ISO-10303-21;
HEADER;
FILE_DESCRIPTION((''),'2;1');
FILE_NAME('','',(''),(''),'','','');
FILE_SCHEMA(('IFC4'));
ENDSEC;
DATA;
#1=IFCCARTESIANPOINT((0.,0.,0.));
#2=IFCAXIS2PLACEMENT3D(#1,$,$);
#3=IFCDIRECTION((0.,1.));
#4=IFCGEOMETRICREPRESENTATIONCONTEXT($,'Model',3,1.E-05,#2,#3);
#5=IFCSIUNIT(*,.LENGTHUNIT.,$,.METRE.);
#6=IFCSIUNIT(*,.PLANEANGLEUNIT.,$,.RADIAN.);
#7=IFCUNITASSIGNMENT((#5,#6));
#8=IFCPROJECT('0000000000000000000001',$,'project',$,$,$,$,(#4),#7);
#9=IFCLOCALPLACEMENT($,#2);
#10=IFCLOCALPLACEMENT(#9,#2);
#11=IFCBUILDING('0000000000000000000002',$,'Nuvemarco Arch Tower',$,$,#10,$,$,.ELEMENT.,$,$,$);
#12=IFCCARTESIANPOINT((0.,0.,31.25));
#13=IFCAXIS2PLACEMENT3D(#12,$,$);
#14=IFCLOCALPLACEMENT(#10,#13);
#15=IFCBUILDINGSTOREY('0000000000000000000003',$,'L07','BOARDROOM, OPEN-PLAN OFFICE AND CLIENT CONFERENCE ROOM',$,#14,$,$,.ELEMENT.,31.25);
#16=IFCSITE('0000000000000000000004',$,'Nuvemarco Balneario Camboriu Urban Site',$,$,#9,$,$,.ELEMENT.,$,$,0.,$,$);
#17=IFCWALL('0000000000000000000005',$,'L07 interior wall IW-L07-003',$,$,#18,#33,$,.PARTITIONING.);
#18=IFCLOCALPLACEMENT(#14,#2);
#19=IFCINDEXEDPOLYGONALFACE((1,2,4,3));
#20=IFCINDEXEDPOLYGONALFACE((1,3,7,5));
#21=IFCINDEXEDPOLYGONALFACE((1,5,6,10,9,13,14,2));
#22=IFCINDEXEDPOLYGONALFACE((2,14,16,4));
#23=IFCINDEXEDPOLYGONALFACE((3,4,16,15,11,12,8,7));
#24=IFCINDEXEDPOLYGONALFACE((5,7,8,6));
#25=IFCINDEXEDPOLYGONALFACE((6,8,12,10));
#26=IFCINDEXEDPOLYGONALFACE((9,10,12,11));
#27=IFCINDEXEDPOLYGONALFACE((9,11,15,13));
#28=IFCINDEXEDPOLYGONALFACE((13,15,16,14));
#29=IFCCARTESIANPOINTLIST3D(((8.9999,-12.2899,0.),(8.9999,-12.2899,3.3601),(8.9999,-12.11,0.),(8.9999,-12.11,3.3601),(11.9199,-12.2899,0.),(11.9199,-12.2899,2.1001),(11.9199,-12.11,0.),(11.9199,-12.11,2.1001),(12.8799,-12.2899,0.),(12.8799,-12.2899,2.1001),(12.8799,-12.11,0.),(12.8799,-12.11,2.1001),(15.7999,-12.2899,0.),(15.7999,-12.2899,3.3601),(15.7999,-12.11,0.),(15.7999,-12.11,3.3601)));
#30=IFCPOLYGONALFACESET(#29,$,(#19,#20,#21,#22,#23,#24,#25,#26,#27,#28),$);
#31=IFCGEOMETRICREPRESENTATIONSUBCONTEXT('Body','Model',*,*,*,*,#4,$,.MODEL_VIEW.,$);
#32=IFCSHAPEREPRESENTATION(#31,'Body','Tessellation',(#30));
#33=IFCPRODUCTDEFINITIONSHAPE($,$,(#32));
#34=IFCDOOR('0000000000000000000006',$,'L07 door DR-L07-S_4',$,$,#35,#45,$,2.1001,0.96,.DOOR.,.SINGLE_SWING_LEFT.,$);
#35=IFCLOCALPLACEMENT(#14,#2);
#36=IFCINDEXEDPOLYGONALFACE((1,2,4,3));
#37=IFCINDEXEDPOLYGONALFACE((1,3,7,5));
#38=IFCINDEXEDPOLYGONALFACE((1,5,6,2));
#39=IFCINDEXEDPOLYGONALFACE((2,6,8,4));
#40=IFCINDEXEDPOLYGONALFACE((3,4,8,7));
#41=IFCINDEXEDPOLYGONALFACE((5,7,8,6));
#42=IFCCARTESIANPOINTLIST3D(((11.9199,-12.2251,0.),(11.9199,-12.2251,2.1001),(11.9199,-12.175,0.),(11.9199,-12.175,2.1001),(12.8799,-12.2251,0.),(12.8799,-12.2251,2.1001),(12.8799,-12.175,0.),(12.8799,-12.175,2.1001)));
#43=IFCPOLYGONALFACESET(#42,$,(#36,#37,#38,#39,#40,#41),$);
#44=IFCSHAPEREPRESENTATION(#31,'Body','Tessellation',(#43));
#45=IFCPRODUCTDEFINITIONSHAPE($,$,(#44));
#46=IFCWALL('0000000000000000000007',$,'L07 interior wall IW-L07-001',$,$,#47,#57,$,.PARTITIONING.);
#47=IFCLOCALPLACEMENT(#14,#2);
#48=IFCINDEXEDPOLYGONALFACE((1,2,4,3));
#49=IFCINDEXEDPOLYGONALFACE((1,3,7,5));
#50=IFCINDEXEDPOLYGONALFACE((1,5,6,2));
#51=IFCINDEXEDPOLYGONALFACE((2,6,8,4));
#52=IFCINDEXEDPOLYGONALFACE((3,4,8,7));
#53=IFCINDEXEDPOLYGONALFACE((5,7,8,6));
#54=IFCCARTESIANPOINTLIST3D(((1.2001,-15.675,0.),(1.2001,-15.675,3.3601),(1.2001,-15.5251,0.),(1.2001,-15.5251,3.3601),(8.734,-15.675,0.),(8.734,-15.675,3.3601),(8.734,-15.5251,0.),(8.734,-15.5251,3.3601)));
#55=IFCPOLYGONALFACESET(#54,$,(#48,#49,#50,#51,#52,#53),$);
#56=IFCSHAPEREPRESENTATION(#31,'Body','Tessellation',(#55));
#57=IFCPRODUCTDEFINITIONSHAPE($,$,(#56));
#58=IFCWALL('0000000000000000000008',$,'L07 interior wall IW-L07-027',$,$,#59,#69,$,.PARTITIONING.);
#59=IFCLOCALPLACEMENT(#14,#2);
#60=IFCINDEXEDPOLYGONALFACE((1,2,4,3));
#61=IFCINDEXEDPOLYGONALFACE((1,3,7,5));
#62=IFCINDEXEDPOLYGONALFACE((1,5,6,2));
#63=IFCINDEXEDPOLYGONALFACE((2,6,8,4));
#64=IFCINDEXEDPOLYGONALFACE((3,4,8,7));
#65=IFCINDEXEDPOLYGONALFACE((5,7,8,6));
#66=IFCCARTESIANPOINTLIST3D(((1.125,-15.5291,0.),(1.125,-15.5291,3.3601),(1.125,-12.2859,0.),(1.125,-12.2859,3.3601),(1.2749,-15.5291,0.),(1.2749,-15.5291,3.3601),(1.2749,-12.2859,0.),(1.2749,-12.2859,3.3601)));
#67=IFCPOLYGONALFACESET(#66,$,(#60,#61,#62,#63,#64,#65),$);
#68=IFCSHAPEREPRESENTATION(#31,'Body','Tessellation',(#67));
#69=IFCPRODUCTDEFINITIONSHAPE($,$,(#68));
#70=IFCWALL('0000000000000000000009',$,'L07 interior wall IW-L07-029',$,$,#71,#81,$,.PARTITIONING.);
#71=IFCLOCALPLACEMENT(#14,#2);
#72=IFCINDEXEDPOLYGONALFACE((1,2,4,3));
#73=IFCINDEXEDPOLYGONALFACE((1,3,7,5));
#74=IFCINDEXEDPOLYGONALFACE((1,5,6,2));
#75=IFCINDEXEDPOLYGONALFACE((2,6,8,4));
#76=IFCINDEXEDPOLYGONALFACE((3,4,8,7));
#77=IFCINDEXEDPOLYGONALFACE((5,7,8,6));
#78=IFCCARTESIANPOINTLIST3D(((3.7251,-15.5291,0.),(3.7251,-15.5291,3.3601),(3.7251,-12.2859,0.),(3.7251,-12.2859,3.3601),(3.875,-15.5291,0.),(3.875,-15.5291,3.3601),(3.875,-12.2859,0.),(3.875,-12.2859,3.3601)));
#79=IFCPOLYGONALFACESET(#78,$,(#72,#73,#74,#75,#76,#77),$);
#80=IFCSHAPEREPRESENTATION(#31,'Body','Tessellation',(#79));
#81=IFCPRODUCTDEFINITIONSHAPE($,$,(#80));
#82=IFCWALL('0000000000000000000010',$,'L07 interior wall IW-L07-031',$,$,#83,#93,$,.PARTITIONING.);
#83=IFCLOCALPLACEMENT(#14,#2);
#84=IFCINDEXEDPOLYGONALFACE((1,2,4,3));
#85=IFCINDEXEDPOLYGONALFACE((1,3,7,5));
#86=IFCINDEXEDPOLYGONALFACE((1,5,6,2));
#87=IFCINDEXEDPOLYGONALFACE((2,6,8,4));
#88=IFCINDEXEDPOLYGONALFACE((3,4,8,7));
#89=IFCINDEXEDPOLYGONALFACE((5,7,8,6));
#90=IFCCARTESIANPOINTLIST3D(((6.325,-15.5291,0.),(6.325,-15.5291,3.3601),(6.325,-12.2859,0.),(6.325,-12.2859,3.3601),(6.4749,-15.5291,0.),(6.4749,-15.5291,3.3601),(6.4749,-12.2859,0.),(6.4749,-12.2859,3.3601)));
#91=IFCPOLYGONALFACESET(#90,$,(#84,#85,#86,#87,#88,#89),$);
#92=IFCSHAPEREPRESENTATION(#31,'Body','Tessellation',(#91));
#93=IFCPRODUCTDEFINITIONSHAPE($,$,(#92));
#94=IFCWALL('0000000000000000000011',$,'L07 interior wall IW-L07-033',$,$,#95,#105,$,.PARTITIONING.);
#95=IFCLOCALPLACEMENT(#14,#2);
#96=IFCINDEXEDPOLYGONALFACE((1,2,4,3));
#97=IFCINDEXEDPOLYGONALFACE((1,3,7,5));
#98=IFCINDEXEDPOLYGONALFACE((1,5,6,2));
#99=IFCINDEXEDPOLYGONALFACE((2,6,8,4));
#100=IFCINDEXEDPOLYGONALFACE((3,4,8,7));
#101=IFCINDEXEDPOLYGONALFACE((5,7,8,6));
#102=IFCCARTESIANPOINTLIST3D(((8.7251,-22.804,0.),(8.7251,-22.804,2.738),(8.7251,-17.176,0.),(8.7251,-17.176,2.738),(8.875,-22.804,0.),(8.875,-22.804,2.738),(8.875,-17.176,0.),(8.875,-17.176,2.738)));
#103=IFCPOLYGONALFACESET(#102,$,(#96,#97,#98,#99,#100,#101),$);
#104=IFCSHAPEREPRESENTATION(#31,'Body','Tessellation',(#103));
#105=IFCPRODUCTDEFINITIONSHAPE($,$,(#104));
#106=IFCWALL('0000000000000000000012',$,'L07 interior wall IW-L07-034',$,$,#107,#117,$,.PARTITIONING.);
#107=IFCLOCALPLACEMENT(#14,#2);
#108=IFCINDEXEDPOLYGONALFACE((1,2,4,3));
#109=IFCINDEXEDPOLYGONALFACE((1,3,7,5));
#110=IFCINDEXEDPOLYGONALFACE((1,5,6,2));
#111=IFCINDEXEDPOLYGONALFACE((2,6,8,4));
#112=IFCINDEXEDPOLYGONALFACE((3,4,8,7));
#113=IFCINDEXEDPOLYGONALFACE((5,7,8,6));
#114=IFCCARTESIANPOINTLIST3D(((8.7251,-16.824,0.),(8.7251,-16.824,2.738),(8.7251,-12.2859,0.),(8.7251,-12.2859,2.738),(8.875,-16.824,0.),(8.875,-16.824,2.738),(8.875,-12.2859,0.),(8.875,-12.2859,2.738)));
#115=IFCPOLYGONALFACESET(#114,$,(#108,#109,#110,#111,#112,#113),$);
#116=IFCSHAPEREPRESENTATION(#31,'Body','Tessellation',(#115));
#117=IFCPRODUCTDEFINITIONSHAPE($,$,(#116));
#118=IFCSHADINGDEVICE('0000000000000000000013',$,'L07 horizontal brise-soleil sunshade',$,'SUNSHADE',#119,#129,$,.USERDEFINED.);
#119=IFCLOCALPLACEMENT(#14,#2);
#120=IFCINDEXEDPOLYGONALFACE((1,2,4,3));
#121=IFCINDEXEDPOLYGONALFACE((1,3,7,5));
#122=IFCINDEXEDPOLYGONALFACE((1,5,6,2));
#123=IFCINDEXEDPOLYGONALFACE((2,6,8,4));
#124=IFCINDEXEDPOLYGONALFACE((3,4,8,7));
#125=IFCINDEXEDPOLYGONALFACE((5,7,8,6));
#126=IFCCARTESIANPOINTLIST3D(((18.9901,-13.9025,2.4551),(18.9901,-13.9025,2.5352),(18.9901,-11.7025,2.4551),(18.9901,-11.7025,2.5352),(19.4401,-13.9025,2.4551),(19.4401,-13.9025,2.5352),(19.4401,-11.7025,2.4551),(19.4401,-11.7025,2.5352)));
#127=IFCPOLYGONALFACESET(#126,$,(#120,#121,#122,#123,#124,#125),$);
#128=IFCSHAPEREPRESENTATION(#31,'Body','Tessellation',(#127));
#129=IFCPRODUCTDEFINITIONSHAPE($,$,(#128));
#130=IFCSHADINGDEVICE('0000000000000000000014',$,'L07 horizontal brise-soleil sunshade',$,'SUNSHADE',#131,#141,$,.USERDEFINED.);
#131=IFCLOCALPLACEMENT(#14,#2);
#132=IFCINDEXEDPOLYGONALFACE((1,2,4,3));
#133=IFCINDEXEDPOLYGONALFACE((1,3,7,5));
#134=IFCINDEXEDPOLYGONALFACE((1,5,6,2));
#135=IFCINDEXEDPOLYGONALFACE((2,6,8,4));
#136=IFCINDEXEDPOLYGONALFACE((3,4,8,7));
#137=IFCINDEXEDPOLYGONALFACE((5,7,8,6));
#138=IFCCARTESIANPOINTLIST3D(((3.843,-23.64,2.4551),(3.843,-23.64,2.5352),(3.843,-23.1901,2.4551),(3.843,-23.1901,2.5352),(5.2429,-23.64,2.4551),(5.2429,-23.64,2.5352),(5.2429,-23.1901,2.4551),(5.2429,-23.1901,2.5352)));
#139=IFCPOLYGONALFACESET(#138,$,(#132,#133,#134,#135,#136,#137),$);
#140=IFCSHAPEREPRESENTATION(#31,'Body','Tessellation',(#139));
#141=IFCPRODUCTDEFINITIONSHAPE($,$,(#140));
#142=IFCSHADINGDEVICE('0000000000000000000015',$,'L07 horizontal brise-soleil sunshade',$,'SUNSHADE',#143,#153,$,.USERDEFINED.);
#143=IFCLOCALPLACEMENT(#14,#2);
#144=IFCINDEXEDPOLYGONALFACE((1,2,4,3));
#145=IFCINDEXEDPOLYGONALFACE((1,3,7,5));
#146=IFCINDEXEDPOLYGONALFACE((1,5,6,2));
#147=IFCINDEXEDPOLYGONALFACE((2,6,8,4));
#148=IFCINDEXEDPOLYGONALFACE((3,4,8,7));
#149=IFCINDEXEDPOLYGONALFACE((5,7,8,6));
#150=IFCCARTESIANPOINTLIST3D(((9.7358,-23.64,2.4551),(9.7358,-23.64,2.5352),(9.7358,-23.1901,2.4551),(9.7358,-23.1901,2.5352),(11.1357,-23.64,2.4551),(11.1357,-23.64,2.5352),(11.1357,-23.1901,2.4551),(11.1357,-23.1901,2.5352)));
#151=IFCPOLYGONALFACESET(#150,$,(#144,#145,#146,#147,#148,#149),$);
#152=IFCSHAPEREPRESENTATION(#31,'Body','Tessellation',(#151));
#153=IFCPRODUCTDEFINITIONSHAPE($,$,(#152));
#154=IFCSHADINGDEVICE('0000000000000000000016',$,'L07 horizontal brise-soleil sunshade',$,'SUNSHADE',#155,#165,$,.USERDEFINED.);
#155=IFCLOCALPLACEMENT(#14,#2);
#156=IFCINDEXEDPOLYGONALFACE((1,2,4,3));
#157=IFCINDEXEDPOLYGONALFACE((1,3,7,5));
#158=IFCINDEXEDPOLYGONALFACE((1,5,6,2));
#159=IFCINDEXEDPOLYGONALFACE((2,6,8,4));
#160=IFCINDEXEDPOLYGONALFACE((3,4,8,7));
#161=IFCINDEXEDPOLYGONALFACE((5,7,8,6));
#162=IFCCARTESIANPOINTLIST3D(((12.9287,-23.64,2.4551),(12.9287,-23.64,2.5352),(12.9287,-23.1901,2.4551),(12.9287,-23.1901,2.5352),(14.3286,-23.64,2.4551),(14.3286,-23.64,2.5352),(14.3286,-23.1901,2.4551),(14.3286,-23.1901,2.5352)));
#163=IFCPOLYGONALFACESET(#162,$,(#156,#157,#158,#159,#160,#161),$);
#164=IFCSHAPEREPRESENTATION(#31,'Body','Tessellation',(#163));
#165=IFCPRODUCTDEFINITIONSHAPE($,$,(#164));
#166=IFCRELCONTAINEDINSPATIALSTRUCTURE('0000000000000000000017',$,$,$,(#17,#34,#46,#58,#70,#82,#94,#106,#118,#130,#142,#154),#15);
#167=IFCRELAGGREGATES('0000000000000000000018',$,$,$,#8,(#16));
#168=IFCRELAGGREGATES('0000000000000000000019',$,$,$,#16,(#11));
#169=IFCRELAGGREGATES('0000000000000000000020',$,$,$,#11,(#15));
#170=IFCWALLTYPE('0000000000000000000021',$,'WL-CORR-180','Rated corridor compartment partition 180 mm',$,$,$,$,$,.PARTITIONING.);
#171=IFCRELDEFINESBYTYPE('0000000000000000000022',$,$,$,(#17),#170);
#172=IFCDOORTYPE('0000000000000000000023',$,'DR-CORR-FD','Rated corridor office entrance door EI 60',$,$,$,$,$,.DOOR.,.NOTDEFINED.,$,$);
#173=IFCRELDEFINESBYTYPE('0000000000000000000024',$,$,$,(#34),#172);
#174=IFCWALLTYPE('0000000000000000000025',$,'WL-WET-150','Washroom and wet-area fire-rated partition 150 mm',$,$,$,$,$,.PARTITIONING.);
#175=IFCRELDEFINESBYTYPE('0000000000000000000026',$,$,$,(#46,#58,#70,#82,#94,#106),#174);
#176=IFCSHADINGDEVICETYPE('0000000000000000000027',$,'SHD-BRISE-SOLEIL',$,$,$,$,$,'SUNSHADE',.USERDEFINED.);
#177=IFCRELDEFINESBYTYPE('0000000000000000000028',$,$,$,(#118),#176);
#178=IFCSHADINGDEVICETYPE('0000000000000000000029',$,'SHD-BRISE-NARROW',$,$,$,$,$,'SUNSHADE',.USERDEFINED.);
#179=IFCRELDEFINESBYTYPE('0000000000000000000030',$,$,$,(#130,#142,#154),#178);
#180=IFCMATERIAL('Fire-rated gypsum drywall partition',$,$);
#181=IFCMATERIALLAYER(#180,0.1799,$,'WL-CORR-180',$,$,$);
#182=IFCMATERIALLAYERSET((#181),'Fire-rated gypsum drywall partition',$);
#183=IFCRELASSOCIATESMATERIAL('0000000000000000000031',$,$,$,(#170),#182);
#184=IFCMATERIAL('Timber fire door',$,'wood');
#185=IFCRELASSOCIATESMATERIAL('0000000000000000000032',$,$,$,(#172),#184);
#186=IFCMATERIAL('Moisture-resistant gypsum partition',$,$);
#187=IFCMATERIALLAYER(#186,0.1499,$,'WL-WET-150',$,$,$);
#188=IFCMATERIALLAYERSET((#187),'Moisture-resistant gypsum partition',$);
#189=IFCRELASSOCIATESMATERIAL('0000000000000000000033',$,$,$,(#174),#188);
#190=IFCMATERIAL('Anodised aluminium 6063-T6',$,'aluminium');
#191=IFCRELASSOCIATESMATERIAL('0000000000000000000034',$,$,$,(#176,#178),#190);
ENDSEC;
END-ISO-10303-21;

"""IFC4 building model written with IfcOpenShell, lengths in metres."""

from ifc_helpers import new_model, si_unit, direction, frame, frame_2d, origin, origin_2d, place, context, subcontext, project, spatial, rectangle, extrude, source, transform, mapped, material, layer, layer_set, type_object, type_shapes, element, fill, save


model = new_model("IFC4")

# Units and contexts
model_context = context("Model", 3, precision=1e-05, world=origin(), true_north=direction((0.0, 1.0)))
body_context = subcontext(model_context, "Body", "Model", "MODEL_VIEW")
ifc_project = project(units=[si_unit("LENGTHUNIT", "METRE"), si_unit("PLANEANGLEUNIT", "RADIAN")], contexts=[model_context])

# Site, building, storey
site_placement = place(None, origin())
site = spatial("IfcSite", under=ifc_project, at=site_placement, Name="Nuvemarco Balneario Camboriu Urban Site", CompositionType="ELEMENT", RefElevation=0.0)
building_placement = place(site_placement, origin())
building = spatial("IfcBuilding", under=site, at=building_placement, Name="Nuvemarco Arch Tower", CompositionType="ELEMENT")
storey_placement = place(building_placement, frame((0.0, 0.0, 31.25)))
storey = spatial("IfcBuildingStorey", under=building, at=storey_placement, Name="L07", Description="BOARDROOM, OPEN-PLAN OFFICE AND CLIENT CONFERENCE ROOM", CompositionType="ELEMENT", Elevation=31.25)

# Wall, opening, door
ifc_material_1 = material(Name="Fire-rated gypsum drywall partition")
ifc_layer_1 = layer(ifc_material_1, 0.1799, Name="WL-CORR-180")
ifc_layer_set_1 = layer_set([ifc_layer_1], Name="Fire-rated gypsum drywall partition")
wall_type_1 = type_object("IfcWallType", Name="WL-CORR-180", Description="Rated corridor compartment partition 180 mm", PredefinedType="PARTITIONING", material=ifc_layer_set_1)
wall_1_placement = place(storey_placement, frame((9.0, -12.2, 0.0), z_axis=(0.0, 0.0, 1.0), x_axis=(1.0, 0.0, 0.0)))
wall_1 = element("IfcWall", 1, at=wall_1_placement, inside=storey, type_object=wall_type_1, Name="L07 interior wall IW-L07-003", PredefinedType="PARTITIONING", context=body_context, shape_type="SweptSolid", body=[
    extrude(rectangle(XDim=6.8, YDim=0.1799, at=frame_2d((3.3999, 0.0))), origin(), (0.0, 0.0, 1.0), 3.3601),
])
opening_1_placement = place(wall_1_placement, frame((2.9199, 0.0, 0.0)))
opening_1 = element("IfcOpeningElement", 2, at=opening_1_placement, cuts=wall_1, PredefinedType="OPENING", context=body_context, shape_type="SweptSolid", body=[
    extrude(rectangle(XDim=0.96, YDim=2.1001, at=frame_2d((0.48, 1.05))), frame((0.0, 0.0999, 0.0), z_axis=(0.0, -1.0, 0.0), x_axis=(1.0, 0.0, 0.0)), (0.0, 0.0, 1.0), 0.2),
])
ifc_material_2 = material(Name="Timber fire door", Category="wood")
door_type = type_object("IfcDoorType", Name="DR-CORR-FD", Description="Rated corridor office entrance door EI 60", OperationType="NOTDEFINED", PredefinedType="DOOR", material=ifc_material_2)
shared_shape_1 = source(origin(), body_context, "Body", "SweptSolid", [
    extrude(rectangle(XDim=0.96, YDim=2.1001, at=frame_2d((0.48, 1.05))), frame((0.0, 0.0249, 0.0), z_axis=(0.0, -1.0, 0.0), x_axis=(1.0, 0.0, 0.0)), (0.0, 0.0, 1.0), 0.05),
])
type_shapes(door_type, [shared_shape_1])
door_placement = place(opening_1_placement, origin())
door = element("IfcDoor", 3, at=door_placement, inside=storey, type_object=door_type, Name="L07 door DR-L07-S_4", OperationType="SINGLE_SWING_LEFT", OverallHeight=2.1001, OverallWidth=0.96, PredefinedType="DOOR", context=body_context, shape_type="MappedRepresentation", body=[
    mapped(shared_shape_1, transform((0.0, 0.0, 0.0), scale=1.0)),
])
fill(opening_1, door)

# Walls
ifc_material_3 = material(Name="Moisture-resistant gypsum partition")
ifc_layer_2 = layer(ifc_material_3, 0.1499, Name="WL-WET-150")
ifc_layer_set_2 = layer_set([ifc_layer_2], Name="Moisture-resistant gypsum partition")
wall_type_2 = type_object("IfcWallType", Name="WL-WET-150", Description="Washroom and wet-area fire-rated partition 150 mm", PredefinedType="PARTITIONING", material=ifc_layer_set_2)
wall_2_placement = place(storey_placement, frame((1.2, -15.6001, 0.0), z_axis=(0.0, 0.0, 1.0), x_axis=(1.0, 0.0, 0.0)))
element("IfcWall", 4, at=wall_2_placement, inside=storey, type_object=wall_type_2, Name="L07 interior wall IW-L07-001", PredefinedType="PARTITIONING", context=body_context, shape_type="SweptSolid", body=[
    extrude(rectangle(XDim=7.5339, YDim=0.1499, at=frame_2d((3.7671, 0.0))), origin(), (0.0, 0.0, 1.0), 3.3601),
])
for number, where, z_axis, x_axis, name in (
    (5, (1.2, -15.5291, 0.0), (0.0, 0.0, 1.0), (0.0, 1.0, 0.0), "L07 interior wall IW-L07-027"),
    (6, (3.8, -15.5291, 0.0), (0.0, 0.0, 1.0), (0.0, 1.0, 0.0), "L07 interior wall IW-L07-029"),
    (7, (6.3999, -15.5291, 0.0), (0.0, 0.0, 1.0), (0.0, 1.0, 0.0), "L07 interior wall IW-L07-031"),
):
    element("IfcWall", number, at=place(storey_placement, frame(where, z_axis=z_axis, x_axis=x_axis)), inside=storey, type_object=wall_type_2, Name=name, PredefinedType="PARTITIONING", context=body_context, shape_type="SweptSolid", body=[
        extrude(rectangle(XDim=3.2432, YDim=0.1499, at=frame_2d((1.6216, 0.0))), origin(), (0.0, 0.0, 1.0), 3.3601),
    ])
wall_3_placement = place(storey_placement, frame((8.8, -22.804, 0.0), z_axis=(0.0, 0.0, 1.0), x_axis=(0.0, 1.0, 0.0)))
element("IfcWall", 8, at=wall_3_placement, inside=storey, type_object=wall_type_2, Name="L07 interior wall IW-L07-033", PredefinedType="PARTITIONING", context=body_context, shape_type="SweptSolid", body=[
    extrude(rectangle(XDim=5.6279, YDim=0.1499, at=frame_2d((2.814, 0.0))), origin(), (0.0, 0.0, 1.0), 2.738),
])
wall_4_placement = place(storey_placement, frame((8.8, -16.824, 0.0), z_axis=(0.0, 0.0, 1.0), x_axis=(0.0, 1.0, 0.0)))
element("IfcWall", 9, at=wall_4_placement, inside=storey, type_object=wall_type_2, Name="L07 interior wall IW-L07-034", PredefinedType="PARTITIONING", context=body_context, shape_type="SweptSolid", body=[
    extrude(rectangle(XDim=4.5381, YDim=0.1499, at=frame_2d((2.269, 0.0))), origin(), (0.0, 0.0, 1.0), 2.738),
])

# Shading devices
ifc_material_4 = material(Name="Anodised aluminium 6063-T6", Category="aluminium")
shading_device_type_1 = type_object("IfcShadingDeviceType", Name="SHD-BRISE-SOLEIL", ElementType="SUNSHADE", PredefinedType="USERDEFINED", material=ifc_material_4)
shared_shape_2 = source(origin(), body_context, "Body", "SweptSolid", [
    extrude(rectangle(XDim=2.2, YDim=0.45, at=origin_2d()), origin(), (0.0, 0.0, 1.0), 0.0801),
])
type_shapes(shading_device_type_1, [shared_shape_2])
shading_device_placement = place(storey_placement, frame((19.2151, -12.8025, 2.4551), z_axis=(0.0, 0.0, 1.0), x_axis=(0.0, 1.0, 0.0)))
element("IfcShadingDevice", 10, at=shading_device_placement, inside=storey, type_object=shading_device_type_1, Name="L07 horizontal brise-soleil sunshade", ObjectType="SUNSHADE", PredefinedType="USERDEFINED", context=body_context, shape_type="MappedRepresentation", body=[
    mapped(shared_shape_2, transform((0.0, 0.0, 0.0), scale=1.0)),
])
shading_device_type_2 = type_object("IfcShadingDeviceType", Name="SHD-BRISE-NARROW", ElementType="SUNSHADE", PredefinedType="USERDEFINED", material=ifc_material_4)
shared_shape_3 = source(origin(), body_context, "Body", "SweptSolid", [
    extrude(rectangle(XDim=1.3999, YDim=0.45, at=origin_2d()), origin(), (0.0, 0.0, 1.0), 0.0801),
])
type_shapes(shading_device_type_2, [shared_shape_3])
for number, where, z_axis, x_axis, name in (
    (11, (4.543, -23.415, 2.4551), (0.0, 0.0, 1.0), (1.0, 0.0, 0.0), "L07 horizontal brise-soleil sunshade"),
    (12, (10.4358, -23.415, 2.4551), (0.0, 0.0, 1.0), (1.0, 0.0, 0.0), "L07 horizontal brise-soleil sunshade"),
    (13, (13.6287, -23.415, 2.4551), (0.0, 0.0, 1.0), (1.0, 0.0, 0.0), "L07 horizontal brise-soleil sunshade"),
):
    element("IfcShadingDevice", number, at=place(storey_placement, frame(where, z_axis=z_axis, x_axis=x_axis)), inside=storey, type_object=shading_device_type_2, Name=name, ObjectType="SUNSHADE", PredefinedType="USERDEFINED", context=body_context, shape_type="MappedRepresentation", body=[
        mapped(shared_shape_3, transform((0.0, 0.0, 0.0), scale=1.0)),
    ])

save(model, "model.ifc")
